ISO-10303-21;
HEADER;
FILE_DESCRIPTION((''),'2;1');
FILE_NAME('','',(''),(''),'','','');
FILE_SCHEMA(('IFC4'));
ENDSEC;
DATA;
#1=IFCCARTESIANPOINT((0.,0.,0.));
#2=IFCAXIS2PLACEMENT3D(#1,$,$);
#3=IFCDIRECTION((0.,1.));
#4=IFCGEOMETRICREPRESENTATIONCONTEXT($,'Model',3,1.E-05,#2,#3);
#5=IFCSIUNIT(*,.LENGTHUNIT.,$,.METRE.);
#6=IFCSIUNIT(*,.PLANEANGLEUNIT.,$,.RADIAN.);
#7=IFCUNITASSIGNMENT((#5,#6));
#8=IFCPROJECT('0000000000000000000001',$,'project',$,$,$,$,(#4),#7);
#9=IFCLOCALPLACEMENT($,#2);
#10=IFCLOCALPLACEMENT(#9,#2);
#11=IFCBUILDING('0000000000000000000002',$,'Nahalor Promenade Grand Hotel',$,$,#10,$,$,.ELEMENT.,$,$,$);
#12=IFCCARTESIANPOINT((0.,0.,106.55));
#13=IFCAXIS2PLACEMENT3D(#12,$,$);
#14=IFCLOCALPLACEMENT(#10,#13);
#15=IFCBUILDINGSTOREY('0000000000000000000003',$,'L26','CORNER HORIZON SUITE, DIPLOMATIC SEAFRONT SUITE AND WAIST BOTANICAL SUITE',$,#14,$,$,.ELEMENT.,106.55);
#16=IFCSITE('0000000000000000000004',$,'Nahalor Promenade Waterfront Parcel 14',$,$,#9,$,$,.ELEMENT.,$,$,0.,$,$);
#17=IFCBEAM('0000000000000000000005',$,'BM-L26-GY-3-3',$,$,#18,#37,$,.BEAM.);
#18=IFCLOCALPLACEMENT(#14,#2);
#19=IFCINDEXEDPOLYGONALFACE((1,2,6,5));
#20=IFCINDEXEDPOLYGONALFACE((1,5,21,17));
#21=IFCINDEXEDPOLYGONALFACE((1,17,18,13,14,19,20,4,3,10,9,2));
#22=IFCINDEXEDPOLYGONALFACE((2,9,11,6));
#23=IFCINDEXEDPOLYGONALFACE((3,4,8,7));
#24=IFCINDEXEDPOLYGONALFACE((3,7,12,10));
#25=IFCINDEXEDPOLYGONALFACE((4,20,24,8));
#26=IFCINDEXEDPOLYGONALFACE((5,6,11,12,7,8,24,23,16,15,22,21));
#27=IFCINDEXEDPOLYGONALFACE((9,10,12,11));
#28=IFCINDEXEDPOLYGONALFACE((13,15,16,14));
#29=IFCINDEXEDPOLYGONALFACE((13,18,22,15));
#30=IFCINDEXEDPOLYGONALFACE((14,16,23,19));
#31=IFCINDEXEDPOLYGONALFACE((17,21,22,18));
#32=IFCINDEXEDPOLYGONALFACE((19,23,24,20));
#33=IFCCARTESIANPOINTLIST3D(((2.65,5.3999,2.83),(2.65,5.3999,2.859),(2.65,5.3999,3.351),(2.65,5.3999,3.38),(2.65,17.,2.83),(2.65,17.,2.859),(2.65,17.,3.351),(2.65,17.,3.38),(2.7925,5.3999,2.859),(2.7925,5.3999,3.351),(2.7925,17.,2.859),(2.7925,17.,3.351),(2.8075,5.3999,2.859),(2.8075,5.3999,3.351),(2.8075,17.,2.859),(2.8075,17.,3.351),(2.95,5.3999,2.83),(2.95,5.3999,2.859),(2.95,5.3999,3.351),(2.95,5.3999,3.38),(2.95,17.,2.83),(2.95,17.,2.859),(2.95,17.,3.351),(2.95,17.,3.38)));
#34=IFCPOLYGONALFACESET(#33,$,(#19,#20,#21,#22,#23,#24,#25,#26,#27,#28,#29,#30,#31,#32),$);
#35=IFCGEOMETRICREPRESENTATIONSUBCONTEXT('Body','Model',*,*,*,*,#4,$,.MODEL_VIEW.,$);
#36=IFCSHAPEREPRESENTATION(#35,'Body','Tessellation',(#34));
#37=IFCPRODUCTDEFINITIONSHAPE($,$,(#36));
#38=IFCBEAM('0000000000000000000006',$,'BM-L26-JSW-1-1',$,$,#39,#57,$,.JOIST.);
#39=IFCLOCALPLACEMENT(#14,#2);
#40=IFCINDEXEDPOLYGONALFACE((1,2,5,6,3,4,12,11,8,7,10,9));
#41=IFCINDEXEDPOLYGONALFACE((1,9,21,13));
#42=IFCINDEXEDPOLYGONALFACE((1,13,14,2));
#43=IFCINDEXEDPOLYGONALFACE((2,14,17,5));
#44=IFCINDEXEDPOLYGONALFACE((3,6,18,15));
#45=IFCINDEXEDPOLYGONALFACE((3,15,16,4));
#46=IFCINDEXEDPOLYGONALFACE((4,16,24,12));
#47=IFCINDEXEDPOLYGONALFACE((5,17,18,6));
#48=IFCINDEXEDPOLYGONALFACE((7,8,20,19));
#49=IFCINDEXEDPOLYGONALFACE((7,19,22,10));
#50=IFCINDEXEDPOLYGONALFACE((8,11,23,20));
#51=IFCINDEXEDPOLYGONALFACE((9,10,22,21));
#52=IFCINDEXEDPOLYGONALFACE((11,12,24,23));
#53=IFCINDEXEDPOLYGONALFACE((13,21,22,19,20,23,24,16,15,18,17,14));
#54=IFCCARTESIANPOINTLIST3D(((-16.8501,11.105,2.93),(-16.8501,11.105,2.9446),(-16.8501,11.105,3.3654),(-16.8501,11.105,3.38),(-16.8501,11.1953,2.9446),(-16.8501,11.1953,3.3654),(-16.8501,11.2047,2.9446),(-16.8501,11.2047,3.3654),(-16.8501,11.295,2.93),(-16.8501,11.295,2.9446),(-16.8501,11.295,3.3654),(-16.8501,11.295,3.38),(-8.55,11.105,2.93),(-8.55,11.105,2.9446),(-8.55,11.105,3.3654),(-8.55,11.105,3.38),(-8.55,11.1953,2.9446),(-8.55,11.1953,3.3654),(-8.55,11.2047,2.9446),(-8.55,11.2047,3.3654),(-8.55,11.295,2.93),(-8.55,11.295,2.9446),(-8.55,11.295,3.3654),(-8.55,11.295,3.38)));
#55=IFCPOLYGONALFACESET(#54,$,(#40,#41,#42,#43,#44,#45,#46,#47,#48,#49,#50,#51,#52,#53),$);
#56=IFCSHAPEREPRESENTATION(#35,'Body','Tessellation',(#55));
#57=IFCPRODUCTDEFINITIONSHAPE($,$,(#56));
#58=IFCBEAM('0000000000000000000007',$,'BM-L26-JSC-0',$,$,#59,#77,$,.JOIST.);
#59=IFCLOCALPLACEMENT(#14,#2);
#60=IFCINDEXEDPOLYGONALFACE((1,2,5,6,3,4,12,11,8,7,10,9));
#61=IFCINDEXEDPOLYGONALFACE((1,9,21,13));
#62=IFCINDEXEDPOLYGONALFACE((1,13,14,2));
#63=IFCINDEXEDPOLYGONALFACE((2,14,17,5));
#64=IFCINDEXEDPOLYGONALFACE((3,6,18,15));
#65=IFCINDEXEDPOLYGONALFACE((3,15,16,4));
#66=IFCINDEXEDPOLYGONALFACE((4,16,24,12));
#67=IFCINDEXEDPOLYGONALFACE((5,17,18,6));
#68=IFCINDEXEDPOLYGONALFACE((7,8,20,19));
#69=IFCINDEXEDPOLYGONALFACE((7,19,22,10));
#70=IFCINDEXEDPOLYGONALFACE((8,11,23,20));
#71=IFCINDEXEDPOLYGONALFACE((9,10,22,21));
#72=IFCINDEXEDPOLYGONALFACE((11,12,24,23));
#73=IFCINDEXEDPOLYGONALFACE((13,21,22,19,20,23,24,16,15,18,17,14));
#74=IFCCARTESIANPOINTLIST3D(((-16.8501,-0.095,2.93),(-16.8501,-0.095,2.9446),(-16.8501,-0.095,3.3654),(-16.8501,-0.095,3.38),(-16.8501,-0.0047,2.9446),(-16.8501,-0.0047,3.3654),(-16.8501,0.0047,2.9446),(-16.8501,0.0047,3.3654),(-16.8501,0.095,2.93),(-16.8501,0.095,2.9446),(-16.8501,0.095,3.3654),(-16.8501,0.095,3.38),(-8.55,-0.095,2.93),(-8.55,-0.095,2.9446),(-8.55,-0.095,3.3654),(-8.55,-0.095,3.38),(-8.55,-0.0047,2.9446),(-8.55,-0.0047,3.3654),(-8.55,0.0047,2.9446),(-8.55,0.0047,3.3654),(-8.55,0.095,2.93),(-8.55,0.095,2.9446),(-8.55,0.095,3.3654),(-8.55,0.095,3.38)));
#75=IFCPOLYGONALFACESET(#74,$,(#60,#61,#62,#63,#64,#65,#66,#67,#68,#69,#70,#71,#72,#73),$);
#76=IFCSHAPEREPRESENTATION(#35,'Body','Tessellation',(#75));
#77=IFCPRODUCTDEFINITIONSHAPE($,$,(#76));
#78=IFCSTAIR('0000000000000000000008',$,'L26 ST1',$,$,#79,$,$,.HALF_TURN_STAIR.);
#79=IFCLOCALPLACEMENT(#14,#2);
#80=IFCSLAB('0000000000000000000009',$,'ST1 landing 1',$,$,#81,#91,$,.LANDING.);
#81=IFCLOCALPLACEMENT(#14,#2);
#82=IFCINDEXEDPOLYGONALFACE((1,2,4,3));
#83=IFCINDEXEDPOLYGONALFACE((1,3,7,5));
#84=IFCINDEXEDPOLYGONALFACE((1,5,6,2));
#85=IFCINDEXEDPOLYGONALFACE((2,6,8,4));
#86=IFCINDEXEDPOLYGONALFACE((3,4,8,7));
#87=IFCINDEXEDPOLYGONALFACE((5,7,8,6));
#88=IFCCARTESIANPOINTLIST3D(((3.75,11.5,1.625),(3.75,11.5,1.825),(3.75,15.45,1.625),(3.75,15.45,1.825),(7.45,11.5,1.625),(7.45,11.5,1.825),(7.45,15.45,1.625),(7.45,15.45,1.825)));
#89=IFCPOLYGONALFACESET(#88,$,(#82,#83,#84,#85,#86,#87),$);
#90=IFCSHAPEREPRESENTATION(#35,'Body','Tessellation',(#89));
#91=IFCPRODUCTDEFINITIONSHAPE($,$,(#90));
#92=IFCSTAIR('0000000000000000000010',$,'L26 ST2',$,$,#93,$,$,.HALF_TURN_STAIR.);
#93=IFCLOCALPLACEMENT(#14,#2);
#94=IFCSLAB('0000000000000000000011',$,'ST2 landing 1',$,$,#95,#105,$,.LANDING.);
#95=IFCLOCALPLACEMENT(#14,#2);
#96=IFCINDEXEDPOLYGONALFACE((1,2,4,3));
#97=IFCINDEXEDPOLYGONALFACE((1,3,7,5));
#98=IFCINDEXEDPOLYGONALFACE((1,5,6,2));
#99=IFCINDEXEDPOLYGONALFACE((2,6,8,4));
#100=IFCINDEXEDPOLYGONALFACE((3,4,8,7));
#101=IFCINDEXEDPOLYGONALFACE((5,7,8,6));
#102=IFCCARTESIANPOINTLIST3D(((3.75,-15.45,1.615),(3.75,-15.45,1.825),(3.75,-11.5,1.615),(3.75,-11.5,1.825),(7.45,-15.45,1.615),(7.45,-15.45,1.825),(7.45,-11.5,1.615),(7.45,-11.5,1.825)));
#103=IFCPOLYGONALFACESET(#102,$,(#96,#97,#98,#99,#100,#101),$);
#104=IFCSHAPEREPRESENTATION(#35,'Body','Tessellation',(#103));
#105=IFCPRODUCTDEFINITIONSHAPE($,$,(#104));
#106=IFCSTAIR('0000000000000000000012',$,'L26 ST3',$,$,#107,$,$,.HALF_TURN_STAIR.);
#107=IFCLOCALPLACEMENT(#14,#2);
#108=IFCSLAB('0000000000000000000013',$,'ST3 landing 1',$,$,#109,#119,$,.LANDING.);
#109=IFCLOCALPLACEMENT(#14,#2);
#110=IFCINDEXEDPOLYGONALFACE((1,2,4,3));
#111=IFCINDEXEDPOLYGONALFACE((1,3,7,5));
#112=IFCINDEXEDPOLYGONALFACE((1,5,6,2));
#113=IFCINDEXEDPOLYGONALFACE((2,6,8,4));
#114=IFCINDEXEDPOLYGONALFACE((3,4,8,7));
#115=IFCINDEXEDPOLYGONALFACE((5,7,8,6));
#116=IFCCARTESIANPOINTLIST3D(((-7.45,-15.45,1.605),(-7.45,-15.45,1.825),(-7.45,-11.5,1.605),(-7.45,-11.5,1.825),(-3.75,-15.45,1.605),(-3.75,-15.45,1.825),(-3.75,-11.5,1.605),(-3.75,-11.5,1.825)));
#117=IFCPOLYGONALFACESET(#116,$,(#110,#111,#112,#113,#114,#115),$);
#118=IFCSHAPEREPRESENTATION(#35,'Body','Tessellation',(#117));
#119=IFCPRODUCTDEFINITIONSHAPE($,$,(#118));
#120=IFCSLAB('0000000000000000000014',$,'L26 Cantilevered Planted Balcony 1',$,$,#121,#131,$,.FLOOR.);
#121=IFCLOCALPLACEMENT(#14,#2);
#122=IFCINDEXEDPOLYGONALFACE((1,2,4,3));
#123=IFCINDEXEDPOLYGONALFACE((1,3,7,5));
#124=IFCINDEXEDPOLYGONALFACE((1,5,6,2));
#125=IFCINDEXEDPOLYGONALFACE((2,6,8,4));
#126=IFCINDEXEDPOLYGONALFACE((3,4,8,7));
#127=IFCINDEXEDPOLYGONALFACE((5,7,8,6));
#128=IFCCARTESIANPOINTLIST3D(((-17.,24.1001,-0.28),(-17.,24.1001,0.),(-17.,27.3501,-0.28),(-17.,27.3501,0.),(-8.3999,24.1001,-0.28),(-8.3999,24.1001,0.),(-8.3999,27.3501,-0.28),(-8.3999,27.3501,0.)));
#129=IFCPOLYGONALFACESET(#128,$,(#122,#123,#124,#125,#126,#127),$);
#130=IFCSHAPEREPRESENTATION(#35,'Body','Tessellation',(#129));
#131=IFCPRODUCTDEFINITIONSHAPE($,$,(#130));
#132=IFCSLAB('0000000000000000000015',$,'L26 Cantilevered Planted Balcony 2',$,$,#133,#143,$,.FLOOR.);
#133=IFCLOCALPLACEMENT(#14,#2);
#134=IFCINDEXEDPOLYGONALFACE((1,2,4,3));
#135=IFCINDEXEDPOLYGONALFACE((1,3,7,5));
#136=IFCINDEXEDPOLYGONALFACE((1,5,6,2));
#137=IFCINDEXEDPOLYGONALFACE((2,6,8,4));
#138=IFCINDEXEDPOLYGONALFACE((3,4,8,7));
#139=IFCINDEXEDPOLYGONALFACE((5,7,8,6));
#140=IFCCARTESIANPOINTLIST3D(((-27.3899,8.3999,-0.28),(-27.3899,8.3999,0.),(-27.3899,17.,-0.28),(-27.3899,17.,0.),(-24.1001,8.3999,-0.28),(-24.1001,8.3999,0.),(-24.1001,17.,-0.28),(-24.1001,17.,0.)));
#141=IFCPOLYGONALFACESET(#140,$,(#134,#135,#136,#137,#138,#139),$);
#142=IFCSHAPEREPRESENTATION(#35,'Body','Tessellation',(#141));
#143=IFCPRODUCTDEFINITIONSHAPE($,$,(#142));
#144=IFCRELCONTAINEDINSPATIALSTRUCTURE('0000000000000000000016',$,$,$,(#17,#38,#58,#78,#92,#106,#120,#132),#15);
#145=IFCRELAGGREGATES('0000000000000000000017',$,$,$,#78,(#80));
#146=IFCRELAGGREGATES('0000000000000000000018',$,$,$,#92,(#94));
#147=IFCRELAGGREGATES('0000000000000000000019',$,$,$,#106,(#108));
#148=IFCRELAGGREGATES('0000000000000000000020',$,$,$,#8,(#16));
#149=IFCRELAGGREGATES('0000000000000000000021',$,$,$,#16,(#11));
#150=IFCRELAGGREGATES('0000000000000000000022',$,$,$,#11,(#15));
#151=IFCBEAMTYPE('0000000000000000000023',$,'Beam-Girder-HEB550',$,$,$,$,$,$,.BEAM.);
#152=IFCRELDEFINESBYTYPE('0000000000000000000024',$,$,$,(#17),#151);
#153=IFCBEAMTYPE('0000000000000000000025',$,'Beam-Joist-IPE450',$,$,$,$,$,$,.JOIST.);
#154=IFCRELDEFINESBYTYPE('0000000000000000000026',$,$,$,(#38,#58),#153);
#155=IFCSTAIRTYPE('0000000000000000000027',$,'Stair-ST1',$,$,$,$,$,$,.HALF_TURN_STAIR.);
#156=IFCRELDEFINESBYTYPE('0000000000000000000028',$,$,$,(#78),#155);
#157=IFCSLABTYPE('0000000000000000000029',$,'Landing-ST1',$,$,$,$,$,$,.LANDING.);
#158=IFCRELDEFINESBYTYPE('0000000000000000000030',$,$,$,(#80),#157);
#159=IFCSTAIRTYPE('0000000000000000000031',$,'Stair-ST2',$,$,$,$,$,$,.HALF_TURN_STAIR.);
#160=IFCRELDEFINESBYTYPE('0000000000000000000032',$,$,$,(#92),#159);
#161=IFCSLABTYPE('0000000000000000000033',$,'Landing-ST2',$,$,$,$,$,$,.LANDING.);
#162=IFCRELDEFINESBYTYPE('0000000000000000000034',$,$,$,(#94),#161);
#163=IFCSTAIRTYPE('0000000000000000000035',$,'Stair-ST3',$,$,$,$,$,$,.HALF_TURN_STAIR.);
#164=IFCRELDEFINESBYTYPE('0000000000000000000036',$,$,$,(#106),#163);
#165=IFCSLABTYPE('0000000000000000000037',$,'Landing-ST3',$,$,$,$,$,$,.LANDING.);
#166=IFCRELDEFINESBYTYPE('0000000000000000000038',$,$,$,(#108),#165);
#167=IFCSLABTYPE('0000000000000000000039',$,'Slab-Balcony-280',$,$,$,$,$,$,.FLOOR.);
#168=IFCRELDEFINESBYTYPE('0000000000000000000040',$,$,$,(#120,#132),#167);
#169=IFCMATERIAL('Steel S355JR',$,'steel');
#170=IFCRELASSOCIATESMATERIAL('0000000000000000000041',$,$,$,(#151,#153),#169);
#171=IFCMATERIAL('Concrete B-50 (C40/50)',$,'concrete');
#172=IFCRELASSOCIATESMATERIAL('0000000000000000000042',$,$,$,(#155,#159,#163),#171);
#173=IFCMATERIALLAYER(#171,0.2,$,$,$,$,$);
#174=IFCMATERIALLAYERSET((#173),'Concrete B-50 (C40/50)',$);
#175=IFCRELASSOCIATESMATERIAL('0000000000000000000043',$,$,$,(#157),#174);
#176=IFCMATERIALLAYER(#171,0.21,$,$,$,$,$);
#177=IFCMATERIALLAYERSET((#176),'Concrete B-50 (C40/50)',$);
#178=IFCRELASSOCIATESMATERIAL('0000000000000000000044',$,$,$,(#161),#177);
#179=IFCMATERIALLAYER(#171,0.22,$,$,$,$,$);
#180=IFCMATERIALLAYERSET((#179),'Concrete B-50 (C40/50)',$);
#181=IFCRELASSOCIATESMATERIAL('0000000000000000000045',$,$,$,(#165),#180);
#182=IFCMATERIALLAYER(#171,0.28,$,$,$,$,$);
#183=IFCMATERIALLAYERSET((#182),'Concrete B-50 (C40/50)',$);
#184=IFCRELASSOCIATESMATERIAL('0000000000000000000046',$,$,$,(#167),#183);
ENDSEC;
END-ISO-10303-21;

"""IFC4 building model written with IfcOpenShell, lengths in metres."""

from ifc_helpers import new_model, si_unit, direction, frame, origin, origin_2d, place, context, subcontext, project, spatial, polyline, i_section, outline, extrude, source, transform, mapped, material, layer, layer_set, material_profile, profile_set, type_object, element, aggregate, save


model = new_model("IFC4")

# Units and contexts
model_context = context("Model", 3, precision=1e-05, world=origin(), true_north=direction((0.0, 1.0)))
body_context = subcontext(model_context, "Body", "Model", "MODEL_VIEW")
ifc_project = project(units=[si_unit("LENGTHUNIT", "METRE"), si_unit("PLANEANGLEUNIT", "RADIAN")], contexts=[model_context])

# Site, building, storey
site_placement = place(None, origin())
site = spatial("IfcSite", under=ifc_project, at=site_placement, Name="Nahalor Promenade Waterfront Parcel 14", CompositionType="ELEMENT", RefElevation=0.0)
building_placement = place(site_placement, origin())
building = spatial("IfcBuilding", under=site, at=building_placement, Name="Nahalor Promenade Grand Hotel", CompositionType="ELEMENT")
storey_placement = place(building_placement, frame((0.0, 0.0, 106.55)))
storey = spatial("IfcBuildingStorey", under=building, at=storey_placement, Name="L26", Description="CORNER HORIZON SUITE, DIPLOMATIC SEAFRONT SUITE AND WAIST BOTANICAL SUITE", CompositionType="ELEMENT", Elevation=106.55)

# Beams
ifc_material_1 = material(Name="Steel S355JR", Category="steel")
ifc_material_profile_1 = material_profile(ifc_material_1, i_section(OverallWidth=0.3, OverallDepth=0.55, WebThickness=0.015, FlangeThickness=0.029, at=origin_2d()), Name="HEB 550")
ifc_profile_set_1 = profile_set([ifc_material_profile_1], Name="Steel S355JR")
beam_type_1 = type_object("IfcBeamType", Name="Beam-Girder-HEB550", PredefinedType="BEAM", material=ifc_profile_set_1)
shared_shape_1 = source(origin(), body_context, "Body", "SweptSolid", [
    extrude(i_section(OverallWidth=0.3, OverallDepth=0.55, WebThickness=0.015, FlangeThickness=0.029, at=origin_2d()), origin(), (0.0, 0.0, 1.0), 11.6001),
])
for number, where, z_axis, x_axis, name in (
    (1, (2.8, 5.3999, 3.105), (0.0, 1.0, 0.0), (-1.0, 0.0, 0.0), "BM-L26-GY-3-3"),
):
    element("IfcBeam", number, at=place(storey_placement, frame(where, z_axis=z_axis, x_axis=x_axis)), inside=storey, type_object=beam_type_1, Name=name, PredefinedType="BEAM", context=body_context, shape_type="MappedRepresentation", body=[
        mapped(shared_shape_1, transform((0.0, 0.0, 0.0), scale=1.0)),
    ])
ifc_material_profile_2 = material_profile(ifc_material_1, i_section(OverallWidth=0.19, OverallDepth=0.45, WebThickness=0.0094, FlangeThickness=0.0146, at=origin_2d()), Name="IPE 450")
ifc_profile_set_2 = profile_set([ifc_material_profile_2], Name="Steel S355JR")
beam_type_2 = type_object("IfcBeamType", Name="Beam-Joist-IPE450", PredefinedType="JOIST", material=ifc_profile_set_2)
shared_shape_2 = source(origin(), body_context, "Body", "SweptSolid", [
    extrude(i_section(OverallWidth=0.19, OverallDepth=0.45, WebThickness=0.0094, FlangeThickness=0.0146, at=origin_2d()), origin(), (0.0, 0.0, 1.0), 8.3),
])
for number, where, z_axis, x_axis, name in (
    (2, (-16.8501, 11.2, 3.155), (1.0, 0.0, 0.0), (0.0, 1.0, 0.0), "BM-L26-JSW-1-1"),
    (3, (-16.8501, 0.0, 3.155), (1.0, 0.0, 0.0), (0.0, 1.0, 0.0), "BM-L26-JSC-0"),
):
    element("IfcBeam", number, at=place(storey_placement, frame(where, z_axis=z_axis, x_axis=x_axis)), inside=storey, type_object=beam_type_2, Name=name, PredefinedType="JOIST", context=body_context, shape_type="MappedRepresentation", body=[
        mapped(shared_shape_2, transform((0.0, 0.0, 0.0), scale=1.0)),
    ])

# Stairs, slabs
ifc_material_2 = material(Name="Concrete B-50 (C40/50)", Category="concrete")
stair_type_1 = type_object("IfcStairType", Name="Stair-ST1", PredefinedType="HALF_TURN_STAIR", material=ifc_material_2)
stair_1_placement = place(storey_placement, origin())
stair_1 = element("IfcStair", 4, at=stair_1_placement, inside=storey, type_object=stair_type_1, Name="L26 ST1", PredefinedType="HALF_TURN_STAIR")
ifc_layer_1 = layer(ifc_material_2, 0.2)
ifc_layer_set_1 = layer_set([ifc_layer_1], Name="Concrete B-50 (C40/50)")
slab_type_1 = type_object("IfcSlabType", Name="Landing-ST1", PredefinedType="LANDING", material=ifc_layer_set_1)
slab_1_placement = place(storey_placement, frame((0.0, 0.0, 1.625)))
slab_1 = element("IfcSlab", 5, at=slab_1_placement, type_object=slab_type_1, Name="ST1 landing 1", PredefinedType="LANDING", context=body_context, shape_type="SweptSolid", body=[
    extrude(outline(polyline([(7.45, 11.5), (7.45, 15.45), (3.75, 15.45), (3.75, 11.5), (7.45, 11.5)])), origin(), (0.0, 0.0, 1.0), 0.2),
])
aggregate(stair_1, [slab_1])
stair_type_2 = type_object("IfcStairType", Name="Stair-ST2", PredefinedType="HALF_TURN_STAIR", material=ifc_material_2)
stair_2_placement = place(storey_placement, origin())
stair_2 = element("IfcStair", 6, at=stair_2_placement, inside=storey, type_object=stair_type_2, Name="L26 ST2", PredefinedType="HALF_TURN_STAIR")
ifc_layer_2 = layer(ifc_material_2, 0.21)
ifc_layer_set_2 = layer_set([ifc_layer_2], Name="Concrete B-50 (C40/50)")
slab_type_2 = type_object("IfcSlabType", Name="Landing-ST2", PredefinedType="LANDING", material=ifc_layer_set_2)
slab_2_placement = place(storey_placement, frame((0.0, 0.0, 1.615)))
slab_2 = element("IfcSlab", 7, at=slab_2_placement, type_object=slab_type_2, Name="ST2 landing 1", PredefinedType="LANDING", context=body_context, shape_type="SweptSolid", body=[
    extrude(outline(polyline([(3.75, -11.5), (3.75, -15.45), (7.45, -15.45), (7.45, -11.5), (3.75, -11.5)])), origin(), (0.0, 0.0, 1.0), 0.21),
])
aggregate(stair_2, [slab_2])
stair_type_3 = type_object("IfcStairType", Name="Stair-ST3", PredefinedType="HALF_TURN_STAIR", material=ifc_material_2)
stair_3_placement = place(storey_placement, origin())
stair_3 = element("IfcStair", 8, at=stair_3_placement, inside=storey, type_object=stair_type_3, Name="L26 ST3", PredefinedType="HALF_TURN_STAIR")
ifc_layer_3 = layer(ifc_material_2, 0.22)
ifc_layer_set_3 = layer_set([ifc_layer_3], Name="Concrete B-50 (C40/50)")
slab_type_3 = type_object("IfcSlabType", Name="Landing-ST3", PredefinedType="LANDING", material=ifc_layer_set_3)
slab_3_placement = place(storey_placement, frame((0.0, 0.0, 1.605)))
slab_3 = element("IfcSlab", 9, at=slab_3_placement, type_object=slab_type_3, Name="ST3 landing 1", PredefinedType="LANDING", context=body_context, shape_type="SweptSolid", body=[
    extrude(outline(polyline([(-7.45, -11.5), (-7.45, -15.45), (-3.75, -15.45), (-3.75, -11.5), (-7.45, -11.5)])), origin(), (0.0, 0.0, 1.0), 0.22),
])
aggregate(stair_3, [slab_3])

# Slabs
ifc_layer_4 = layer(ifc_material_2, 0.28)
ifc_layer_set_4 = layer_set([ifc_layer_4], Name="Concrete B-50 (C40/50)")
slab_type_4 = type_object("IfcSlabType", Name="Slab-Balcony-280", PredefinedType="FLOOR", material=ifc_layer_set_4)
slab_4_placement = place(storey_placement, frame((0.0, 0.0, -0.28)))
element("IfcSlab", 10, at=slab_4_placement, inside=storey, type_object=slab_type_4, Name="L26 Cantilevered Planted Balcony 1", PredefinedType="FLOOR", context=body_context, shape_type="SweptSolid", body=[
    extrude(outline(polyline([(-17.0, 24.1001), (-8.3999, 24.1001), (-8.3999, 27.3501), (-17.0, 27.3501), (-17.0, 24.1001)])), origin(), (0.0, 0.0, 1.0), 0.28),
])
slab_5_placement = place(storey_placement, frame((0.0, 0.0, -0.28)))
element("IfcSlab", 11, at=slab_5_placement, inside=storey, type_object=slab_type_4, Name="L26 Cantilevered Planted Balcony 2", PredefinedType="FLOOR", context=body_context, shape_type="SweptSolid", body=[
    extrude(outline(polyline([(-27.3899, 8.3999), (-24.1001, 8.3999), (-24.1001, 17.0), (-27.3899, 17.0), (-27.3899, 8.3999)])), origin(), (0.0, 0.0, 1.0), 0.28),
])

save(model, "model.ifc")
